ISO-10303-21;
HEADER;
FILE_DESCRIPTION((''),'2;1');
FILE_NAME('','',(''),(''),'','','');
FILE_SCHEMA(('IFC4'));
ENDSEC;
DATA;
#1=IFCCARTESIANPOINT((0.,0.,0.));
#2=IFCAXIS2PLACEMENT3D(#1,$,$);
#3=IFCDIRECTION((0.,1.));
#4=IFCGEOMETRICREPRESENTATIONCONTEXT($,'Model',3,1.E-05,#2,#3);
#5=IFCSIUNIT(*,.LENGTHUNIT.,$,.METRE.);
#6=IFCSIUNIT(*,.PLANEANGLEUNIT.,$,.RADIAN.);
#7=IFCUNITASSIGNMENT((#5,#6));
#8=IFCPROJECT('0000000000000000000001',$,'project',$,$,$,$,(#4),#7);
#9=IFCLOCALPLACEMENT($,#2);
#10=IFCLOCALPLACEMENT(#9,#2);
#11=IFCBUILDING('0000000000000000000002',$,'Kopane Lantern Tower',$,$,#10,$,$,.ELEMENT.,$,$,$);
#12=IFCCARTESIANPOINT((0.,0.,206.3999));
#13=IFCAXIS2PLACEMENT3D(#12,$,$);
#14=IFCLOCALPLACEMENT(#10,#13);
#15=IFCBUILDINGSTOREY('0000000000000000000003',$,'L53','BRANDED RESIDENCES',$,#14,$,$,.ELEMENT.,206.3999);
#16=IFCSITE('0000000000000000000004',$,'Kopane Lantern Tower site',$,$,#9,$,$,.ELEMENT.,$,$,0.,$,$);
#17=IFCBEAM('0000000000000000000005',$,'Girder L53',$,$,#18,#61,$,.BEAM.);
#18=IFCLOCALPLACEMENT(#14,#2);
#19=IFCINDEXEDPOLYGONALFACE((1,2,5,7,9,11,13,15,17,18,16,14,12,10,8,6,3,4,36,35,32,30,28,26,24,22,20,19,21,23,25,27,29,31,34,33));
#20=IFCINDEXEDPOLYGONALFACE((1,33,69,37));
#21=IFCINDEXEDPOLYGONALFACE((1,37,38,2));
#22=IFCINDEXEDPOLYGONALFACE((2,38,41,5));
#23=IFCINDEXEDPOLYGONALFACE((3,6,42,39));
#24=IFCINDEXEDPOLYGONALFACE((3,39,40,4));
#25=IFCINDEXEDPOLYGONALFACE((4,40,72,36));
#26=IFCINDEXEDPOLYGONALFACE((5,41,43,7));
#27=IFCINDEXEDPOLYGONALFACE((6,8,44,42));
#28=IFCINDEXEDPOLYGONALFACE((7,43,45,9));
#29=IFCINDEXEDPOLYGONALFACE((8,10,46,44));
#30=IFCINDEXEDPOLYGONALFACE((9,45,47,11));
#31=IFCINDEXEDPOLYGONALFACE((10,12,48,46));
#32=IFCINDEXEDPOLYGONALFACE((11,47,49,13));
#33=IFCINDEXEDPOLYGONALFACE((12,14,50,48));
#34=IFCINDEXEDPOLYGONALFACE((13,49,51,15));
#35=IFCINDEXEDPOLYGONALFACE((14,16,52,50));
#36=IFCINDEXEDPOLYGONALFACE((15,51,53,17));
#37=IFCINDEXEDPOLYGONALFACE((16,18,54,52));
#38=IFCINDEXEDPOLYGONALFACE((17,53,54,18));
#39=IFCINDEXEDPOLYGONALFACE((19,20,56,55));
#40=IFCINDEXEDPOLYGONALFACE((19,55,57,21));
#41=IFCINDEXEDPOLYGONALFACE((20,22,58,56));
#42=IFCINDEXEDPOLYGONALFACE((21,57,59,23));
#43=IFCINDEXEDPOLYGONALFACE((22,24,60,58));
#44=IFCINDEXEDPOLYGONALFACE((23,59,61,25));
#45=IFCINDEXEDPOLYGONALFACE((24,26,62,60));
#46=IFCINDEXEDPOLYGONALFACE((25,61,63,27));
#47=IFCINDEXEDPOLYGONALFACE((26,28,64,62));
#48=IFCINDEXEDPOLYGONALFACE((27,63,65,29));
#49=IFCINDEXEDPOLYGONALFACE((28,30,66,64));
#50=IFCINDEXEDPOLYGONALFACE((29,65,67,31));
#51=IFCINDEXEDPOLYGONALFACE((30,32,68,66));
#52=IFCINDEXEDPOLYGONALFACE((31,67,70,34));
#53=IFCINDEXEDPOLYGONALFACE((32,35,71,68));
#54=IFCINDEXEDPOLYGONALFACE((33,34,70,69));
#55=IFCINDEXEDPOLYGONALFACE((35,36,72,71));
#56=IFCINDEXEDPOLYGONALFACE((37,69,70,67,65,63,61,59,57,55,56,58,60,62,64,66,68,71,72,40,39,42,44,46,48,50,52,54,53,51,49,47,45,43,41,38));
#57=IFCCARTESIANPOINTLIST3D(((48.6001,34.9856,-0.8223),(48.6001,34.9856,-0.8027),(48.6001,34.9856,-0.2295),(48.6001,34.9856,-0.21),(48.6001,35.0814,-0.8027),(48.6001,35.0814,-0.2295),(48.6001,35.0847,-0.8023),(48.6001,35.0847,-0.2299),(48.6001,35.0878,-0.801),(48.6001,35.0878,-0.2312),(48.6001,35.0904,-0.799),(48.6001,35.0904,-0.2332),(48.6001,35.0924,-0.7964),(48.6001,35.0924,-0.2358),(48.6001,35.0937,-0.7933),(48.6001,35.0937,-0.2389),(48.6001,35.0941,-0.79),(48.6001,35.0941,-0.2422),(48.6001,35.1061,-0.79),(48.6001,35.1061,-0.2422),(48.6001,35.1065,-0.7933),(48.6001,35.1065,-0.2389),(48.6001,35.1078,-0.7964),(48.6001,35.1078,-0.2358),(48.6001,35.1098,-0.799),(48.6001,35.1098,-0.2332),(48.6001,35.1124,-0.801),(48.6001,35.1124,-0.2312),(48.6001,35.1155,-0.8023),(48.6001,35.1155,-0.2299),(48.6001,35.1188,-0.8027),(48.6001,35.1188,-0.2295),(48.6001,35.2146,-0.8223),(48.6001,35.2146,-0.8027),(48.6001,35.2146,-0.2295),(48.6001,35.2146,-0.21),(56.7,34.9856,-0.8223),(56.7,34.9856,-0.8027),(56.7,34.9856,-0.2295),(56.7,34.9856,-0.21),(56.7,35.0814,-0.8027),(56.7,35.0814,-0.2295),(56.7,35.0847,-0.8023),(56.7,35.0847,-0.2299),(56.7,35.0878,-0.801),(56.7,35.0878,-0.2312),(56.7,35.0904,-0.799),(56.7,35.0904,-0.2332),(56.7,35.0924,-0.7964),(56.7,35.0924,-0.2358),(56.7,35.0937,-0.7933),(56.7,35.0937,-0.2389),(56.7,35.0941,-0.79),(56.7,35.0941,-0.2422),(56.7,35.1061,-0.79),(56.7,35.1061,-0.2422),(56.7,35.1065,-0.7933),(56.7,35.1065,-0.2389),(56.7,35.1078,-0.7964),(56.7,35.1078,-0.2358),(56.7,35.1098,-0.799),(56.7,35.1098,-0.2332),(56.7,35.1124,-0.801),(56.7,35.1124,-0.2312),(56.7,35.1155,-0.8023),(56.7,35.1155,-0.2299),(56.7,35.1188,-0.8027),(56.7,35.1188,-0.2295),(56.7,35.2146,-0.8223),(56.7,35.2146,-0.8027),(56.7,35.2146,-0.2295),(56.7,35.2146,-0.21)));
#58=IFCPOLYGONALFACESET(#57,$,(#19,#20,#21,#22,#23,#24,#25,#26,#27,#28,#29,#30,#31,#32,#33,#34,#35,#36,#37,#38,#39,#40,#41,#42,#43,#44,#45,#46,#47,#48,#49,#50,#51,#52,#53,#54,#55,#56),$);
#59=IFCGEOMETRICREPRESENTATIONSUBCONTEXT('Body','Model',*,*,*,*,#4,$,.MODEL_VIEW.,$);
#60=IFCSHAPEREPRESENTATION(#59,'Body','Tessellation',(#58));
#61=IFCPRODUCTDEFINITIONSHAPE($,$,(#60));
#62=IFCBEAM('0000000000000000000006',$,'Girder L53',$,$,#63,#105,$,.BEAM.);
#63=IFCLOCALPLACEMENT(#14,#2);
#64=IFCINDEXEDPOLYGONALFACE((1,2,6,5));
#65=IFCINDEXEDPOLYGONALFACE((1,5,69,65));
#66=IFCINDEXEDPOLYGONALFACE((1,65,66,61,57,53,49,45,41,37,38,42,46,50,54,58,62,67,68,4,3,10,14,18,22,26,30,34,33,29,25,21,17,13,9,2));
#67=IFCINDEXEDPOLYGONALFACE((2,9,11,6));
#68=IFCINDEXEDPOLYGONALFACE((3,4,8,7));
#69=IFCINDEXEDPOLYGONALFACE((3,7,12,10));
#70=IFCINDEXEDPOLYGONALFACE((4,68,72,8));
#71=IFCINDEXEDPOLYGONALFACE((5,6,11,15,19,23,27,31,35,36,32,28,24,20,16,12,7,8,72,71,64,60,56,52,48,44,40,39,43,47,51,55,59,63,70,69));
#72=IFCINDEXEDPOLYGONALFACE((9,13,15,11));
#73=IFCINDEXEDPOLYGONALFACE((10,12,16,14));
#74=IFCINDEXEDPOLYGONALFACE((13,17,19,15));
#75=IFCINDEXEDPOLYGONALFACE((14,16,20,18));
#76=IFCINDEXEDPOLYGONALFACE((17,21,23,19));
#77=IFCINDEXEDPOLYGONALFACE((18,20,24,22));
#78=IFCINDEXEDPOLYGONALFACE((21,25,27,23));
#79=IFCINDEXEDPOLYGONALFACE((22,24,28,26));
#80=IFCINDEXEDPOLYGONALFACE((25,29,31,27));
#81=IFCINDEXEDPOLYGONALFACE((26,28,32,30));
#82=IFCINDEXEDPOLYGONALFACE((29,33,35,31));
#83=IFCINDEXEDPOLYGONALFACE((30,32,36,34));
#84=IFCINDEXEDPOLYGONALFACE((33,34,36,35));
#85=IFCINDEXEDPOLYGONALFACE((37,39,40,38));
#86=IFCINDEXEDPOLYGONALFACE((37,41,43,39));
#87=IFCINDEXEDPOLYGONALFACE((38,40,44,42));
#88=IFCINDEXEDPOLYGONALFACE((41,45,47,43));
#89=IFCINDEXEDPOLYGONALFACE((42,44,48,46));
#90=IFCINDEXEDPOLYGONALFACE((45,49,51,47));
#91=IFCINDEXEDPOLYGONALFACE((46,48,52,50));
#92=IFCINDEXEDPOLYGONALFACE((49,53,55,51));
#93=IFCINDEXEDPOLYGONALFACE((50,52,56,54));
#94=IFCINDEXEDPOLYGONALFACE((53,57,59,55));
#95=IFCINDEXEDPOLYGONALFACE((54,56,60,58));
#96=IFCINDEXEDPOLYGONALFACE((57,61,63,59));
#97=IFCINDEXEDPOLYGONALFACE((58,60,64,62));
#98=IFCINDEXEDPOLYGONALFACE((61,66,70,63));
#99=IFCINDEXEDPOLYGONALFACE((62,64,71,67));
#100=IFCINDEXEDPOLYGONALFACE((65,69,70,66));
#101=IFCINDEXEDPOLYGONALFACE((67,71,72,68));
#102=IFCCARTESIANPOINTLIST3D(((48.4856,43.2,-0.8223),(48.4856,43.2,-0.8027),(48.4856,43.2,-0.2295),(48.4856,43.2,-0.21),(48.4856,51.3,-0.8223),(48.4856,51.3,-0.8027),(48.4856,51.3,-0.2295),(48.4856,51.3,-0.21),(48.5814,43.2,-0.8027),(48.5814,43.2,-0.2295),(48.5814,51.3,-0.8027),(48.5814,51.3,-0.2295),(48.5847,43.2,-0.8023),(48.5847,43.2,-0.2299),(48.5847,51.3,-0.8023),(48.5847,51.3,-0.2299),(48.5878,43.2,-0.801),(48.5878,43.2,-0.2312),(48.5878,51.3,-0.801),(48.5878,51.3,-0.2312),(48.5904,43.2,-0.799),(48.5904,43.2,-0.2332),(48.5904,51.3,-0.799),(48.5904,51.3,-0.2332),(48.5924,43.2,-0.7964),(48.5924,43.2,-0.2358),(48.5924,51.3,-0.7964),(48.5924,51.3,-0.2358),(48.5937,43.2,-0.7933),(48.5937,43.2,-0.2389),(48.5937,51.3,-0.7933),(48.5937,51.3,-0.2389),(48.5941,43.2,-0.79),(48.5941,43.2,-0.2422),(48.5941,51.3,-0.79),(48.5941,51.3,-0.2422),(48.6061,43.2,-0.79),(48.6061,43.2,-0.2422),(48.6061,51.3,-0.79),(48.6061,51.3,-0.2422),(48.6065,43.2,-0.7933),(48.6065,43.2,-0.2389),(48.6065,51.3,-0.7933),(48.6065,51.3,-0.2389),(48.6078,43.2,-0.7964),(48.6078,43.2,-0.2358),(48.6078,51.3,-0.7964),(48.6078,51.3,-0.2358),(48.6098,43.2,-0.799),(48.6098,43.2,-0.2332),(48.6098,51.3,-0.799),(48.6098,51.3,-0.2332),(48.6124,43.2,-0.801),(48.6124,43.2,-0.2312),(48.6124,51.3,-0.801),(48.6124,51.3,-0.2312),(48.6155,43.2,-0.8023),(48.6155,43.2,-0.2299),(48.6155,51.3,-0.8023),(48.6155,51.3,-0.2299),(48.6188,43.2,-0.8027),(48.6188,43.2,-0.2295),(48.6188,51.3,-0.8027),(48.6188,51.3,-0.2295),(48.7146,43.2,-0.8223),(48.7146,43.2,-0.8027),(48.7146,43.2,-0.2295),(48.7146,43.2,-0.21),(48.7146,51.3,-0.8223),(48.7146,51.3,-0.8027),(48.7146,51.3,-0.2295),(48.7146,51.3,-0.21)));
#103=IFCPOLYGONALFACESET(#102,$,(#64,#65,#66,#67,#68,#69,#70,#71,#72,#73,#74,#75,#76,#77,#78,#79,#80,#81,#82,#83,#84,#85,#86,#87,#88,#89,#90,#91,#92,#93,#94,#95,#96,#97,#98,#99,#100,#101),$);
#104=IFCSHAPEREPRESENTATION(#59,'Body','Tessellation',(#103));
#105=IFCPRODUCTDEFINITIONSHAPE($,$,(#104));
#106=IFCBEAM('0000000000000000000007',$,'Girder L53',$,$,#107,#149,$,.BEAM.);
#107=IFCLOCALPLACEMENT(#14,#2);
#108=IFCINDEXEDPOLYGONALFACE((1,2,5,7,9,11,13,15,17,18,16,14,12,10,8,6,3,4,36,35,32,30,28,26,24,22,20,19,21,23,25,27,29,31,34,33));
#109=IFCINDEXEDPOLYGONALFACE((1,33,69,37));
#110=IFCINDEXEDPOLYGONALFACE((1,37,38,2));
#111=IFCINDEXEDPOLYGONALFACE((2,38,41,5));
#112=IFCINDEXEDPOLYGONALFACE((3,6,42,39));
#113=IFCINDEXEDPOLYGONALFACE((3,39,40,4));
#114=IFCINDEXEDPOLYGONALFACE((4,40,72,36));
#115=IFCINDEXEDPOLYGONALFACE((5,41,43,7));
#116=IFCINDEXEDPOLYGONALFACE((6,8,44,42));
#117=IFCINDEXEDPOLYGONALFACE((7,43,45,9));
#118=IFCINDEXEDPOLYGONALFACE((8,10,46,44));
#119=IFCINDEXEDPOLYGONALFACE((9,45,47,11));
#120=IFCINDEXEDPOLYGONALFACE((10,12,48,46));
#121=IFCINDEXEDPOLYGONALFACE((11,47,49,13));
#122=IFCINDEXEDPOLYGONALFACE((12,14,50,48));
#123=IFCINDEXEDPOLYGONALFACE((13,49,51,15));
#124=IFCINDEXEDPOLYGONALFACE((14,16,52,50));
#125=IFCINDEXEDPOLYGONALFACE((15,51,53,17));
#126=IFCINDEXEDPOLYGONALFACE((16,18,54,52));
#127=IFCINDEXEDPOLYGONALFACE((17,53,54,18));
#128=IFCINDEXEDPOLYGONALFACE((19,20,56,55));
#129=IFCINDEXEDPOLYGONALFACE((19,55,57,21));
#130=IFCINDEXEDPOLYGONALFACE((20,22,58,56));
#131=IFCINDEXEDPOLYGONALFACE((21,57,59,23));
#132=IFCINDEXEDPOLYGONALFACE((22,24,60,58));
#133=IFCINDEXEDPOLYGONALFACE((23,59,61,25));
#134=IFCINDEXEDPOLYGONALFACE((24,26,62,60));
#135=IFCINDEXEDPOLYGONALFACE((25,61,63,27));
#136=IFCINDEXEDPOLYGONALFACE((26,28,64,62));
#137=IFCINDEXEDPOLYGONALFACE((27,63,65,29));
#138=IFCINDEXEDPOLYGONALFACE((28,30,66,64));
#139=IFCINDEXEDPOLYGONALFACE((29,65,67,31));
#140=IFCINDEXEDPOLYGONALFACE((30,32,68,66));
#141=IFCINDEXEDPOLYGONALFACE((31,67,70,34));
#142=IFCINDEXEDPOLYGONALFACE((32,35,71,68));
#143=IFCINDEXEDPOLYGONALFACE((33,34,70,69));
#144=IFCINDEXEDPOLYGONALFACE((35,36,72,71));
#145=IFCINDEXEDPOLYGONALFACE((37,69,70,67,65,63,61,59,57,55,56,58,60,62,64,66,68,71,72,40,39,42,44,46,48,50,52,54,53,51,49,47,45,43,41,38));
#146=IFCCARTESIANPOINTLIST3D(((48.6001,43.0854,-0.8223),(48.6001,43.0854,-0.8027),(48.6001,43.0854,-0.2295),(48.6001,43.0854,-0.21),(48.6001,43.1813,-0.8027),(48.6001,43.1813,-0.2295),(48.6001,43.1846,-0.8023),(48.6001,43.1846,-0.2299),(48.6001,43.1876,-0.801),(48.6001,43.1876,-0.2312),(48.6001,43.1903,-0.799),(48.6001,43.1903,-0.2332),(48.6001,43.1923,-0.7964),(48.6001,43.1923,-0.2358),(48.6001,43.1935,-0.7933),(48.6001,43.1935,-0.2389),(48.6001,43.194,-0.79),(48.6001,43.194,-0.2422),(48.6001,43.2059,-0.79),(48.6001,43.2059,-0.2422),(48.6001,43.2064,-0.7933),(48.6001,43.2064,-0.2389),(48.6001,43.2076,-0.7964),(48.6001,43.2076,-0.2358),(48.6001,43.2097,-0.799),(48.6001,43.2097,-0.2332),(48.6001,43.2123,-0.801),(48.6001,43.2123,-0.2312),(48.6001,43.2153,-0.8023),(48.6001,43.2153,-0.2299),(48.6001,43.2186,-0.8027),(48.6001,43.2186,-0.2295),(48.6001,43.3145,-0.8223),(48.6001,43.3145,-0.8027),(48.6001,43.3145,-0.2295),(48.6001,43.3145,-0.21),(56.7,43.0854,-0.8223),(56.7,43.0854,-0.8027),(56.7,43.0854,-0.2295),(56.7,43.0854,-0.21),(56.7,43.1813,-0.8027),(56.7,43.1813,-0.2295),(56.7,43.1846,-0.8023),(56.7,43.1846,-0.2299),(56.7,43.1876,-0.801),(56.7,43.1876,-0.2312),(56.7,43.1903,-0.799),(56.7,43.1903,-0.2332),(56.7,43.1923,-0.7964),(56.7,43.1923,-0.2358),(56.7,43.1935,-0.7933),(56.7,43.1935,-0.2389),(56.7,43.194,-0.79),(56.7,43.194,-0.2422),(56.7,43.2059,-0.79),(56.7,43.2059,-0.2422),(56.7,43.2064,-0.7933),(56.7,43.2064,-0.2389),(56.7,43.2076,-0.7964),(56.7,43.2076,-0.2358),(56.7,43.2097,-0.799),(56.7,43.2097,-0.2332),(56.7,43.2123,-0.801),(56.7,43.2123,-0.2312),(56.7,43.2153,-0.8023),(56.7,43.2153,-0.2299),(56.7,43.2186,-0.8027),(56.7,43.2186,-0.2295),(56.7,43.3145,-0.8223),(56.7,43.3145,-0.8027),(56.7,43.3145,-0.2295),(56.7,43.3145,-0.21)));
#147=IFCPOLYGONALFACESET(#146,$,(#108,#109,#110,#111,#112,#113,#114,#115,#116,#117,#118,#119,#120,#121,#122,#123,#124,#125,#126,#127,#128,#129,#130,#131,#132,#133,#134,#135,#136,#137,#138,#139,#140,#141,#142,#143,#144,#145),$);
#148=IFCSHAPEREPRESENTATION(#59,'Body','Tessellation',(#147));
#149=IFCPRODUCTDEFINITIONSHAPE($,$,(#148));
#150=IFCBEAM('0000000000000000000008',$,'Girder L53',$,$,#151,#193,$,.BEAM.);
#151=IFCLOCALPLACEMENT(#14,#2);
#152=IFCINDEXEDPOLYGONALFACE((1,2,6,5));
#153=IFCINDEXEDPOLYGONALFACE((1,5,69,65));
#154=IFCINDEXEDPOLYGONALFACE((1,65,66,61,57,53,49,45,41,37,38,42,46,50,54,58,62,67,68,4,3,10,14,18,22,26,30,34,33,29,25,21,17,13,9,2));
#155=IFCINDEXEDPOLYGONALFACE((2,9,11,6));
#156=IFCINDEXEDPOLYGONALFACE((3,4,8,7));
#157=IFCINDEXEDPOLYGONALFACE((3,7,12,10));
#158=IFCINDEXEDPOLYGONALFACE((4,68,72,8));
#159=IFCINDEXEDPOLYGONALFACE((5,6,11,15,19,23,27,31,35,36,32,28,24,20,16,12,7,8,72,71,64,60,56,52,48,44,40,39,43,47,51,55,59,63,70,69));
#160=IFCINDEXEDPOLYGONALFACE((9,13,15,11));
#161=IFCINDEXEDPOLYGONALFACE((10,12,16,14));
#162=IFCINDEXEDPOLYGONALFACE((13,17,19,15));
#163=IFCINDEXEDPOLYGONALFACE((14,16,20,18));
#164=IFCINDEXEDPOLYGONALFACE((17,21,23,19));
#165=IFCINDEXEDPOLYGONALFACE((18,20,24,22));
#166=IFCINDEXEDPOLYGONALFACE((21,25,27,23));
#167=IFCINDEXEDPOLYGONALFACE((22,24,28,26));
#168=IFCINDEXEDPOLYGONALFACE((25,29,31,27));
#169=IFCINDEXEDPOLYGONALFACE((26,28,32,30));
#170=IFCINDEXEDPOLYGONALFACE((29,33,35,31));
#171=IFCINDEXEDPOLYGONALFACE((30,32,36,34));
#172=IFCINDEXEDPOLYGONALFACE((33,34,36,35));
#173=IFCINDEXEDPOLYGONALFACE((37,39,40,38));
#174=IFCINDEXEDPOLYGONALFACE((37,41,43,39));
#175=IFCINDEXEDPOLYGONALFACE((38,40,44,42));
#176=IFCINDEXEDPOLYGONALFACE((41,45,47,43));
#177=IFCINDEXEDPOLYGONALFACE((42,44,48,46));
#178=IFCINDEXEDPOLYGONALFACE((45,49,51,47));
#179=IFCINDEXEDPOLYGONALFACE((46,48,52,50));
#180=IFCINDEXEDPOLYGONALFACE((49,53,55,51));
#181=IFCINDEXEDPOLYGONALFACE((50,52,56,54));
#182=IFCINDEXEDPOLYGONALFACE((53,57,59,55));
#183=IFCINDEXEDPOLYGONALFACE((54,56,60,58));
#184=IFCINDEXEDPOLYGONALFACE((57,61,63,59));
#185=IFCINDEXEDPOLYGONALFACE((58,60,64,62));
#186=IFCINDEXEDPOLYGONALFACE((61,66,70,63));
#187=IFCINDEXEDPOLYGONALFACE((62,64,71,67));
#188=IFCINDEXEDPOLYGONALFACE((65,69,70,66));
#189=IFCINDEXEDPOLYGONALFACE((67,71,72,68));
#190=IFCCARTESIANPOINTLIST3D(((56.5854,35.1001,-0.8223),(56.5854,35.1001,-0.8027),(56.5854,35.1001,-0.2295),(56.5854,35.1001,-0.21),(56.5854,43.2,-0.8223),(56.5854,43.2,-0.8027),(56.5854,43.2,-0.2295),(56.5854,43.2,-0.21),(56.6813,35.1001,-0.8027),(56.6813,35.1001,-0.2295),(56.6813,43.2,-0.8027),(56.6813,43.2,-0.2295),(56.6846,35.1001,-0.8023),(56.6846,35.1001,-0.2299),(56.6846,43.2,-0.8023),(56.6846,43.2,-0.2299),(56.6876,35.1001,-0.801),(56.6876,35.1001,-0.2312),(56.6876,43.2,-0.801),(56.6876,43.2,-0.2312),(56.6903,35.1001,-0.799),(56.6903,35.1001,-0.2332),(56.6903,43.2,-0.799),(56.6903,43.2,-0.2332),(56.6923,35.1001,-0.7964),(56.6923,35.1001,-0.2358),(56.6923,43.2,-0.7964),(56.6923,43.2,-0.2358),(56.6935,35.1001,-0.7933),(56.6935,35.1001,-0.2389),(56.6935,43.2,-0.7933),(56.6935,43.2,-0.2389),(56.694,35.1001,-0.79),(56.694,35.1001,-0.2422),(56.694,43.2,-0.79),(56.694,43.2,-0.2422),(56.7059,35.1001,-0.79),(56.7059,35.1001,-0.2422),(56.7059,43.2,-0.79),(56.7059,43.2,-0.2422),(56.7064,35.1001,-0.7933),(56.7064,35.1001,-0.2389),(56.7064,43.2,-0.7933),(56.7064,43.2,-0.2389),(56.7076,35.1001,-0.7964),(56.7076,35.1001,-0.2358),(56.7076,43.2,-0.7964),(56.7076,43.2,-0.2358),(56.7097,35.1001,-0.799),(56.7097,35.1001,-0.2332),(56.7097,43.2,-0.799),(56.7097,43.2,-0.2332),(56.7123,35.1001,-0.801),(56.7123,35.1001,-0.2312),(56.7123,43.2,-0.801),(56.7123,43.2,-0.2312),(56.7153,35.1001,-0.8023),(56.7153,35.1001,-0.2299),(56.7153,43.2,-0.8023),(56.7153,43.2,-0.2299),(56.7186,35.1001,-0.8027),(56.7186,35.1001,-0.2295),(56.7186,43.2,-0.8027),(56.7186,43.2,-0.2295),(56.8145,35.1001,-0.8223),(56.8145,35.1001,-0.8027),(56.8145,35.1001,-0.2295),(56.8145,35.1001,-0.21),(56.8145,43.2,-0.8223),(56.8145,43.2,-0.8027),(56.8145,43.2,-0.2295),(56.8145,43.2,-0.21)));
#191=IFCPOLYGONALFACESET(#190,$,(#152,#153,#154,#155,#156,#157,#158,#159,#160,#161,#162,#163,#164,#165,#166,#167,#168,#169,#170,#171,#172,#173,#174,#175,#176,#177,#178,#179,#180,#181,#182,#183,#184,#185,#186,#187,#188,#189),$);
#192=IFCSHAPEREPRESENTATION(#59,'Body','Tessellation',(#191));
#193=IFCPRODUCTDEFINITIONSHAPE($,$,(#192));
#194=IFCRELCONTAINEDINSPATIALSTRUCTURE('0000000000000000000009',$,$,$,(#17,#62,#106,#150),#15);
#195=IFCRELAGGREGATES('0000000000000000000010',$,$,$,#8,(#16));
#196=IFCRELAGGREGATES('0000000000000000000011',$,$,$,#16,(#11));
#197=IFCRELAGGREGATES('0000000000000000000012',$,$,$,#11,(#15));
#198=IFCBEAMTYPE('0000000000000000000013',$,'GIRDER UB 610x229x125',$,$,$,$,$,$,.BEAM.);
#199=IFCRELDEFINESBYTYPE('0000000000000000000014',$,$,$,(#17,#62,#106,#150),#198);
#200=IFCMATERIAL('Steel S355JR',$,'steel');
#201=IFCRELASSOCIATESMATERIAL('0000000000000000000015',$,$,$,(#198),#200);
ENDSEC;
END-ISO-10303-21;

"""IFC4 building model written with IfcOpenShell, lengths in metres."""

from ifc_helpers import new_model, si_unit, direction, frame, origin, origin_2d, place, context, subcontext, project, spatial, i_section, extrude, material, material_profile, profile_set, type_object, element, save


model = new_model("IFC4")

# Units and contexts
model_context = context("Model", 3, precision=1e-05, world=origin(), true_north=direction((0.0, 1.0)))
body_context = subcontext(model_context, "Body", "Model", "MODEL_VIEW")
ifc_project = project(units=[si_unit("LENGTHUNIT", "METRE"), si_unit("PLANEANGLEUNIT", "RADIAN")], contexts=[model_context])

# Site, building, storey
site_placement = place(None, origin())
site = spatial("IfcSite", under=ifc_project, at=site_placement, Name="Kopane Lantern Tower site", CompositionType="ELEMENT", RefElevation=0.0)
building_placement = place(site_placement, origin())
building = spatial("IfcBuilding", under=site, at=building_placement, Name="Kopane Lantern Tower", CompositionType="ELEMENT")
storey_placement = place(building_placement, frame((0.0, 0.0, 206.3999)))
storey = spatial("IfcBuildingStorey", under=building, at=storey_placement, Name="L53", Description="BRANDED RESIDENCES", CompositionType="ELEMENT", Elevation=206.3999)

# Beams
ifc_material_1 = material(Name="Steel S355JR", Category="steel")
ifc_material_profile_1 = material_profile(ifc_material_1, i_section(OverallWidth=0.229, OverallDepth=0.6123, WebThickness=0.012, FlangeThickness=0.0195, FilletRadius=0.0127, at=origin_2d()), Name="UB 610x229x125")
ifc_profile_set_1 = profile_set([ifc_material_profile_1], Name="Steel S355JR")
beam_type = type_object("IfcBeamType", Name="GIRDER UB 610x229x125", PredefinedType="BEAM", material=ifc_profile_set_1)
for number, where, z_axis, x_axis, name in (
    (1, (48.6001, 35.1001, -0.5161), (1.0, 0.0, 0.0), (0.0, 1.0, 0.0), "Girder L53"),
):
    element("IfcBeam", number, at=place(storey_placement, frame(where, z_axis=z_axis, x_axis=x_axis)), inside=storey, type_object=beam_type, Name=name, PredefinedType="BEAM", context=body_context, shape_type="SweptSolid", body=[
        extrude(i_section(OverallWidth=0.229, OverallDepth=0.6123, WebThickness=0.012, FlangeThickness=0.0195, FilletRadius=0.0127, at=origin_2d()), origin(), (0.0, 0.0, 1.0), 8.0999),
    ])
beam_1_placement = place(storey_placement, frame((48.6001, 43.2, -0.5161), z_axis=(0.0, 1.0, 0.0), x_axis=(-1.0, 0.0, 0.0)))
element("IfcBeam", 2, at=beam_1_placement, inside=storey, type_object=beam_type, Name="Girder L53", PredefinedType="BEAM", context=body_context, shape_type="SweptSolid", body=[
    extrude(i_section(OverallWidth=0.229, OverallDepth=0.6123, WebThickness=0.012, FlangeThickness=0.0195, FilletRadius=0.0127, at=origin_2d()), origin(), (0.0, 0.0, 1.0), 8.1001),
])
for number, where, z_axis, x_axis, name in (
    (3, (48.6001, 43.2, -0.5161), (1.0, 0.0, 0.0), (0.0, 1.0, 0.0), "Girder L53"),
    (4, (56.7, 35.1001, -0.5161), (0.0, 1.0, 0.0), (-1.0, 0.0, 0.0), "Girder L53"),
):
    element("IfcBeam", number, at=place(storey_placement, frame(where, z_axis=z_axis, x_axis=x_axis)), inside=storey, type_object=beam_type, Name=name, PredefinedType="BEAM", context=body_context, shape_type="SweptSolid", body=[
        extrude(i_section(OverallWidth=0.229, OverallDepth=0.6123, WebThickness=0.012, FlangeThickness=0.0195, FilletRadius=0.0127, at=origin_2d()), origin(), (0.0, 0.0, 1.0), 8.0999),
    ])

save(model, "model.ifc")
